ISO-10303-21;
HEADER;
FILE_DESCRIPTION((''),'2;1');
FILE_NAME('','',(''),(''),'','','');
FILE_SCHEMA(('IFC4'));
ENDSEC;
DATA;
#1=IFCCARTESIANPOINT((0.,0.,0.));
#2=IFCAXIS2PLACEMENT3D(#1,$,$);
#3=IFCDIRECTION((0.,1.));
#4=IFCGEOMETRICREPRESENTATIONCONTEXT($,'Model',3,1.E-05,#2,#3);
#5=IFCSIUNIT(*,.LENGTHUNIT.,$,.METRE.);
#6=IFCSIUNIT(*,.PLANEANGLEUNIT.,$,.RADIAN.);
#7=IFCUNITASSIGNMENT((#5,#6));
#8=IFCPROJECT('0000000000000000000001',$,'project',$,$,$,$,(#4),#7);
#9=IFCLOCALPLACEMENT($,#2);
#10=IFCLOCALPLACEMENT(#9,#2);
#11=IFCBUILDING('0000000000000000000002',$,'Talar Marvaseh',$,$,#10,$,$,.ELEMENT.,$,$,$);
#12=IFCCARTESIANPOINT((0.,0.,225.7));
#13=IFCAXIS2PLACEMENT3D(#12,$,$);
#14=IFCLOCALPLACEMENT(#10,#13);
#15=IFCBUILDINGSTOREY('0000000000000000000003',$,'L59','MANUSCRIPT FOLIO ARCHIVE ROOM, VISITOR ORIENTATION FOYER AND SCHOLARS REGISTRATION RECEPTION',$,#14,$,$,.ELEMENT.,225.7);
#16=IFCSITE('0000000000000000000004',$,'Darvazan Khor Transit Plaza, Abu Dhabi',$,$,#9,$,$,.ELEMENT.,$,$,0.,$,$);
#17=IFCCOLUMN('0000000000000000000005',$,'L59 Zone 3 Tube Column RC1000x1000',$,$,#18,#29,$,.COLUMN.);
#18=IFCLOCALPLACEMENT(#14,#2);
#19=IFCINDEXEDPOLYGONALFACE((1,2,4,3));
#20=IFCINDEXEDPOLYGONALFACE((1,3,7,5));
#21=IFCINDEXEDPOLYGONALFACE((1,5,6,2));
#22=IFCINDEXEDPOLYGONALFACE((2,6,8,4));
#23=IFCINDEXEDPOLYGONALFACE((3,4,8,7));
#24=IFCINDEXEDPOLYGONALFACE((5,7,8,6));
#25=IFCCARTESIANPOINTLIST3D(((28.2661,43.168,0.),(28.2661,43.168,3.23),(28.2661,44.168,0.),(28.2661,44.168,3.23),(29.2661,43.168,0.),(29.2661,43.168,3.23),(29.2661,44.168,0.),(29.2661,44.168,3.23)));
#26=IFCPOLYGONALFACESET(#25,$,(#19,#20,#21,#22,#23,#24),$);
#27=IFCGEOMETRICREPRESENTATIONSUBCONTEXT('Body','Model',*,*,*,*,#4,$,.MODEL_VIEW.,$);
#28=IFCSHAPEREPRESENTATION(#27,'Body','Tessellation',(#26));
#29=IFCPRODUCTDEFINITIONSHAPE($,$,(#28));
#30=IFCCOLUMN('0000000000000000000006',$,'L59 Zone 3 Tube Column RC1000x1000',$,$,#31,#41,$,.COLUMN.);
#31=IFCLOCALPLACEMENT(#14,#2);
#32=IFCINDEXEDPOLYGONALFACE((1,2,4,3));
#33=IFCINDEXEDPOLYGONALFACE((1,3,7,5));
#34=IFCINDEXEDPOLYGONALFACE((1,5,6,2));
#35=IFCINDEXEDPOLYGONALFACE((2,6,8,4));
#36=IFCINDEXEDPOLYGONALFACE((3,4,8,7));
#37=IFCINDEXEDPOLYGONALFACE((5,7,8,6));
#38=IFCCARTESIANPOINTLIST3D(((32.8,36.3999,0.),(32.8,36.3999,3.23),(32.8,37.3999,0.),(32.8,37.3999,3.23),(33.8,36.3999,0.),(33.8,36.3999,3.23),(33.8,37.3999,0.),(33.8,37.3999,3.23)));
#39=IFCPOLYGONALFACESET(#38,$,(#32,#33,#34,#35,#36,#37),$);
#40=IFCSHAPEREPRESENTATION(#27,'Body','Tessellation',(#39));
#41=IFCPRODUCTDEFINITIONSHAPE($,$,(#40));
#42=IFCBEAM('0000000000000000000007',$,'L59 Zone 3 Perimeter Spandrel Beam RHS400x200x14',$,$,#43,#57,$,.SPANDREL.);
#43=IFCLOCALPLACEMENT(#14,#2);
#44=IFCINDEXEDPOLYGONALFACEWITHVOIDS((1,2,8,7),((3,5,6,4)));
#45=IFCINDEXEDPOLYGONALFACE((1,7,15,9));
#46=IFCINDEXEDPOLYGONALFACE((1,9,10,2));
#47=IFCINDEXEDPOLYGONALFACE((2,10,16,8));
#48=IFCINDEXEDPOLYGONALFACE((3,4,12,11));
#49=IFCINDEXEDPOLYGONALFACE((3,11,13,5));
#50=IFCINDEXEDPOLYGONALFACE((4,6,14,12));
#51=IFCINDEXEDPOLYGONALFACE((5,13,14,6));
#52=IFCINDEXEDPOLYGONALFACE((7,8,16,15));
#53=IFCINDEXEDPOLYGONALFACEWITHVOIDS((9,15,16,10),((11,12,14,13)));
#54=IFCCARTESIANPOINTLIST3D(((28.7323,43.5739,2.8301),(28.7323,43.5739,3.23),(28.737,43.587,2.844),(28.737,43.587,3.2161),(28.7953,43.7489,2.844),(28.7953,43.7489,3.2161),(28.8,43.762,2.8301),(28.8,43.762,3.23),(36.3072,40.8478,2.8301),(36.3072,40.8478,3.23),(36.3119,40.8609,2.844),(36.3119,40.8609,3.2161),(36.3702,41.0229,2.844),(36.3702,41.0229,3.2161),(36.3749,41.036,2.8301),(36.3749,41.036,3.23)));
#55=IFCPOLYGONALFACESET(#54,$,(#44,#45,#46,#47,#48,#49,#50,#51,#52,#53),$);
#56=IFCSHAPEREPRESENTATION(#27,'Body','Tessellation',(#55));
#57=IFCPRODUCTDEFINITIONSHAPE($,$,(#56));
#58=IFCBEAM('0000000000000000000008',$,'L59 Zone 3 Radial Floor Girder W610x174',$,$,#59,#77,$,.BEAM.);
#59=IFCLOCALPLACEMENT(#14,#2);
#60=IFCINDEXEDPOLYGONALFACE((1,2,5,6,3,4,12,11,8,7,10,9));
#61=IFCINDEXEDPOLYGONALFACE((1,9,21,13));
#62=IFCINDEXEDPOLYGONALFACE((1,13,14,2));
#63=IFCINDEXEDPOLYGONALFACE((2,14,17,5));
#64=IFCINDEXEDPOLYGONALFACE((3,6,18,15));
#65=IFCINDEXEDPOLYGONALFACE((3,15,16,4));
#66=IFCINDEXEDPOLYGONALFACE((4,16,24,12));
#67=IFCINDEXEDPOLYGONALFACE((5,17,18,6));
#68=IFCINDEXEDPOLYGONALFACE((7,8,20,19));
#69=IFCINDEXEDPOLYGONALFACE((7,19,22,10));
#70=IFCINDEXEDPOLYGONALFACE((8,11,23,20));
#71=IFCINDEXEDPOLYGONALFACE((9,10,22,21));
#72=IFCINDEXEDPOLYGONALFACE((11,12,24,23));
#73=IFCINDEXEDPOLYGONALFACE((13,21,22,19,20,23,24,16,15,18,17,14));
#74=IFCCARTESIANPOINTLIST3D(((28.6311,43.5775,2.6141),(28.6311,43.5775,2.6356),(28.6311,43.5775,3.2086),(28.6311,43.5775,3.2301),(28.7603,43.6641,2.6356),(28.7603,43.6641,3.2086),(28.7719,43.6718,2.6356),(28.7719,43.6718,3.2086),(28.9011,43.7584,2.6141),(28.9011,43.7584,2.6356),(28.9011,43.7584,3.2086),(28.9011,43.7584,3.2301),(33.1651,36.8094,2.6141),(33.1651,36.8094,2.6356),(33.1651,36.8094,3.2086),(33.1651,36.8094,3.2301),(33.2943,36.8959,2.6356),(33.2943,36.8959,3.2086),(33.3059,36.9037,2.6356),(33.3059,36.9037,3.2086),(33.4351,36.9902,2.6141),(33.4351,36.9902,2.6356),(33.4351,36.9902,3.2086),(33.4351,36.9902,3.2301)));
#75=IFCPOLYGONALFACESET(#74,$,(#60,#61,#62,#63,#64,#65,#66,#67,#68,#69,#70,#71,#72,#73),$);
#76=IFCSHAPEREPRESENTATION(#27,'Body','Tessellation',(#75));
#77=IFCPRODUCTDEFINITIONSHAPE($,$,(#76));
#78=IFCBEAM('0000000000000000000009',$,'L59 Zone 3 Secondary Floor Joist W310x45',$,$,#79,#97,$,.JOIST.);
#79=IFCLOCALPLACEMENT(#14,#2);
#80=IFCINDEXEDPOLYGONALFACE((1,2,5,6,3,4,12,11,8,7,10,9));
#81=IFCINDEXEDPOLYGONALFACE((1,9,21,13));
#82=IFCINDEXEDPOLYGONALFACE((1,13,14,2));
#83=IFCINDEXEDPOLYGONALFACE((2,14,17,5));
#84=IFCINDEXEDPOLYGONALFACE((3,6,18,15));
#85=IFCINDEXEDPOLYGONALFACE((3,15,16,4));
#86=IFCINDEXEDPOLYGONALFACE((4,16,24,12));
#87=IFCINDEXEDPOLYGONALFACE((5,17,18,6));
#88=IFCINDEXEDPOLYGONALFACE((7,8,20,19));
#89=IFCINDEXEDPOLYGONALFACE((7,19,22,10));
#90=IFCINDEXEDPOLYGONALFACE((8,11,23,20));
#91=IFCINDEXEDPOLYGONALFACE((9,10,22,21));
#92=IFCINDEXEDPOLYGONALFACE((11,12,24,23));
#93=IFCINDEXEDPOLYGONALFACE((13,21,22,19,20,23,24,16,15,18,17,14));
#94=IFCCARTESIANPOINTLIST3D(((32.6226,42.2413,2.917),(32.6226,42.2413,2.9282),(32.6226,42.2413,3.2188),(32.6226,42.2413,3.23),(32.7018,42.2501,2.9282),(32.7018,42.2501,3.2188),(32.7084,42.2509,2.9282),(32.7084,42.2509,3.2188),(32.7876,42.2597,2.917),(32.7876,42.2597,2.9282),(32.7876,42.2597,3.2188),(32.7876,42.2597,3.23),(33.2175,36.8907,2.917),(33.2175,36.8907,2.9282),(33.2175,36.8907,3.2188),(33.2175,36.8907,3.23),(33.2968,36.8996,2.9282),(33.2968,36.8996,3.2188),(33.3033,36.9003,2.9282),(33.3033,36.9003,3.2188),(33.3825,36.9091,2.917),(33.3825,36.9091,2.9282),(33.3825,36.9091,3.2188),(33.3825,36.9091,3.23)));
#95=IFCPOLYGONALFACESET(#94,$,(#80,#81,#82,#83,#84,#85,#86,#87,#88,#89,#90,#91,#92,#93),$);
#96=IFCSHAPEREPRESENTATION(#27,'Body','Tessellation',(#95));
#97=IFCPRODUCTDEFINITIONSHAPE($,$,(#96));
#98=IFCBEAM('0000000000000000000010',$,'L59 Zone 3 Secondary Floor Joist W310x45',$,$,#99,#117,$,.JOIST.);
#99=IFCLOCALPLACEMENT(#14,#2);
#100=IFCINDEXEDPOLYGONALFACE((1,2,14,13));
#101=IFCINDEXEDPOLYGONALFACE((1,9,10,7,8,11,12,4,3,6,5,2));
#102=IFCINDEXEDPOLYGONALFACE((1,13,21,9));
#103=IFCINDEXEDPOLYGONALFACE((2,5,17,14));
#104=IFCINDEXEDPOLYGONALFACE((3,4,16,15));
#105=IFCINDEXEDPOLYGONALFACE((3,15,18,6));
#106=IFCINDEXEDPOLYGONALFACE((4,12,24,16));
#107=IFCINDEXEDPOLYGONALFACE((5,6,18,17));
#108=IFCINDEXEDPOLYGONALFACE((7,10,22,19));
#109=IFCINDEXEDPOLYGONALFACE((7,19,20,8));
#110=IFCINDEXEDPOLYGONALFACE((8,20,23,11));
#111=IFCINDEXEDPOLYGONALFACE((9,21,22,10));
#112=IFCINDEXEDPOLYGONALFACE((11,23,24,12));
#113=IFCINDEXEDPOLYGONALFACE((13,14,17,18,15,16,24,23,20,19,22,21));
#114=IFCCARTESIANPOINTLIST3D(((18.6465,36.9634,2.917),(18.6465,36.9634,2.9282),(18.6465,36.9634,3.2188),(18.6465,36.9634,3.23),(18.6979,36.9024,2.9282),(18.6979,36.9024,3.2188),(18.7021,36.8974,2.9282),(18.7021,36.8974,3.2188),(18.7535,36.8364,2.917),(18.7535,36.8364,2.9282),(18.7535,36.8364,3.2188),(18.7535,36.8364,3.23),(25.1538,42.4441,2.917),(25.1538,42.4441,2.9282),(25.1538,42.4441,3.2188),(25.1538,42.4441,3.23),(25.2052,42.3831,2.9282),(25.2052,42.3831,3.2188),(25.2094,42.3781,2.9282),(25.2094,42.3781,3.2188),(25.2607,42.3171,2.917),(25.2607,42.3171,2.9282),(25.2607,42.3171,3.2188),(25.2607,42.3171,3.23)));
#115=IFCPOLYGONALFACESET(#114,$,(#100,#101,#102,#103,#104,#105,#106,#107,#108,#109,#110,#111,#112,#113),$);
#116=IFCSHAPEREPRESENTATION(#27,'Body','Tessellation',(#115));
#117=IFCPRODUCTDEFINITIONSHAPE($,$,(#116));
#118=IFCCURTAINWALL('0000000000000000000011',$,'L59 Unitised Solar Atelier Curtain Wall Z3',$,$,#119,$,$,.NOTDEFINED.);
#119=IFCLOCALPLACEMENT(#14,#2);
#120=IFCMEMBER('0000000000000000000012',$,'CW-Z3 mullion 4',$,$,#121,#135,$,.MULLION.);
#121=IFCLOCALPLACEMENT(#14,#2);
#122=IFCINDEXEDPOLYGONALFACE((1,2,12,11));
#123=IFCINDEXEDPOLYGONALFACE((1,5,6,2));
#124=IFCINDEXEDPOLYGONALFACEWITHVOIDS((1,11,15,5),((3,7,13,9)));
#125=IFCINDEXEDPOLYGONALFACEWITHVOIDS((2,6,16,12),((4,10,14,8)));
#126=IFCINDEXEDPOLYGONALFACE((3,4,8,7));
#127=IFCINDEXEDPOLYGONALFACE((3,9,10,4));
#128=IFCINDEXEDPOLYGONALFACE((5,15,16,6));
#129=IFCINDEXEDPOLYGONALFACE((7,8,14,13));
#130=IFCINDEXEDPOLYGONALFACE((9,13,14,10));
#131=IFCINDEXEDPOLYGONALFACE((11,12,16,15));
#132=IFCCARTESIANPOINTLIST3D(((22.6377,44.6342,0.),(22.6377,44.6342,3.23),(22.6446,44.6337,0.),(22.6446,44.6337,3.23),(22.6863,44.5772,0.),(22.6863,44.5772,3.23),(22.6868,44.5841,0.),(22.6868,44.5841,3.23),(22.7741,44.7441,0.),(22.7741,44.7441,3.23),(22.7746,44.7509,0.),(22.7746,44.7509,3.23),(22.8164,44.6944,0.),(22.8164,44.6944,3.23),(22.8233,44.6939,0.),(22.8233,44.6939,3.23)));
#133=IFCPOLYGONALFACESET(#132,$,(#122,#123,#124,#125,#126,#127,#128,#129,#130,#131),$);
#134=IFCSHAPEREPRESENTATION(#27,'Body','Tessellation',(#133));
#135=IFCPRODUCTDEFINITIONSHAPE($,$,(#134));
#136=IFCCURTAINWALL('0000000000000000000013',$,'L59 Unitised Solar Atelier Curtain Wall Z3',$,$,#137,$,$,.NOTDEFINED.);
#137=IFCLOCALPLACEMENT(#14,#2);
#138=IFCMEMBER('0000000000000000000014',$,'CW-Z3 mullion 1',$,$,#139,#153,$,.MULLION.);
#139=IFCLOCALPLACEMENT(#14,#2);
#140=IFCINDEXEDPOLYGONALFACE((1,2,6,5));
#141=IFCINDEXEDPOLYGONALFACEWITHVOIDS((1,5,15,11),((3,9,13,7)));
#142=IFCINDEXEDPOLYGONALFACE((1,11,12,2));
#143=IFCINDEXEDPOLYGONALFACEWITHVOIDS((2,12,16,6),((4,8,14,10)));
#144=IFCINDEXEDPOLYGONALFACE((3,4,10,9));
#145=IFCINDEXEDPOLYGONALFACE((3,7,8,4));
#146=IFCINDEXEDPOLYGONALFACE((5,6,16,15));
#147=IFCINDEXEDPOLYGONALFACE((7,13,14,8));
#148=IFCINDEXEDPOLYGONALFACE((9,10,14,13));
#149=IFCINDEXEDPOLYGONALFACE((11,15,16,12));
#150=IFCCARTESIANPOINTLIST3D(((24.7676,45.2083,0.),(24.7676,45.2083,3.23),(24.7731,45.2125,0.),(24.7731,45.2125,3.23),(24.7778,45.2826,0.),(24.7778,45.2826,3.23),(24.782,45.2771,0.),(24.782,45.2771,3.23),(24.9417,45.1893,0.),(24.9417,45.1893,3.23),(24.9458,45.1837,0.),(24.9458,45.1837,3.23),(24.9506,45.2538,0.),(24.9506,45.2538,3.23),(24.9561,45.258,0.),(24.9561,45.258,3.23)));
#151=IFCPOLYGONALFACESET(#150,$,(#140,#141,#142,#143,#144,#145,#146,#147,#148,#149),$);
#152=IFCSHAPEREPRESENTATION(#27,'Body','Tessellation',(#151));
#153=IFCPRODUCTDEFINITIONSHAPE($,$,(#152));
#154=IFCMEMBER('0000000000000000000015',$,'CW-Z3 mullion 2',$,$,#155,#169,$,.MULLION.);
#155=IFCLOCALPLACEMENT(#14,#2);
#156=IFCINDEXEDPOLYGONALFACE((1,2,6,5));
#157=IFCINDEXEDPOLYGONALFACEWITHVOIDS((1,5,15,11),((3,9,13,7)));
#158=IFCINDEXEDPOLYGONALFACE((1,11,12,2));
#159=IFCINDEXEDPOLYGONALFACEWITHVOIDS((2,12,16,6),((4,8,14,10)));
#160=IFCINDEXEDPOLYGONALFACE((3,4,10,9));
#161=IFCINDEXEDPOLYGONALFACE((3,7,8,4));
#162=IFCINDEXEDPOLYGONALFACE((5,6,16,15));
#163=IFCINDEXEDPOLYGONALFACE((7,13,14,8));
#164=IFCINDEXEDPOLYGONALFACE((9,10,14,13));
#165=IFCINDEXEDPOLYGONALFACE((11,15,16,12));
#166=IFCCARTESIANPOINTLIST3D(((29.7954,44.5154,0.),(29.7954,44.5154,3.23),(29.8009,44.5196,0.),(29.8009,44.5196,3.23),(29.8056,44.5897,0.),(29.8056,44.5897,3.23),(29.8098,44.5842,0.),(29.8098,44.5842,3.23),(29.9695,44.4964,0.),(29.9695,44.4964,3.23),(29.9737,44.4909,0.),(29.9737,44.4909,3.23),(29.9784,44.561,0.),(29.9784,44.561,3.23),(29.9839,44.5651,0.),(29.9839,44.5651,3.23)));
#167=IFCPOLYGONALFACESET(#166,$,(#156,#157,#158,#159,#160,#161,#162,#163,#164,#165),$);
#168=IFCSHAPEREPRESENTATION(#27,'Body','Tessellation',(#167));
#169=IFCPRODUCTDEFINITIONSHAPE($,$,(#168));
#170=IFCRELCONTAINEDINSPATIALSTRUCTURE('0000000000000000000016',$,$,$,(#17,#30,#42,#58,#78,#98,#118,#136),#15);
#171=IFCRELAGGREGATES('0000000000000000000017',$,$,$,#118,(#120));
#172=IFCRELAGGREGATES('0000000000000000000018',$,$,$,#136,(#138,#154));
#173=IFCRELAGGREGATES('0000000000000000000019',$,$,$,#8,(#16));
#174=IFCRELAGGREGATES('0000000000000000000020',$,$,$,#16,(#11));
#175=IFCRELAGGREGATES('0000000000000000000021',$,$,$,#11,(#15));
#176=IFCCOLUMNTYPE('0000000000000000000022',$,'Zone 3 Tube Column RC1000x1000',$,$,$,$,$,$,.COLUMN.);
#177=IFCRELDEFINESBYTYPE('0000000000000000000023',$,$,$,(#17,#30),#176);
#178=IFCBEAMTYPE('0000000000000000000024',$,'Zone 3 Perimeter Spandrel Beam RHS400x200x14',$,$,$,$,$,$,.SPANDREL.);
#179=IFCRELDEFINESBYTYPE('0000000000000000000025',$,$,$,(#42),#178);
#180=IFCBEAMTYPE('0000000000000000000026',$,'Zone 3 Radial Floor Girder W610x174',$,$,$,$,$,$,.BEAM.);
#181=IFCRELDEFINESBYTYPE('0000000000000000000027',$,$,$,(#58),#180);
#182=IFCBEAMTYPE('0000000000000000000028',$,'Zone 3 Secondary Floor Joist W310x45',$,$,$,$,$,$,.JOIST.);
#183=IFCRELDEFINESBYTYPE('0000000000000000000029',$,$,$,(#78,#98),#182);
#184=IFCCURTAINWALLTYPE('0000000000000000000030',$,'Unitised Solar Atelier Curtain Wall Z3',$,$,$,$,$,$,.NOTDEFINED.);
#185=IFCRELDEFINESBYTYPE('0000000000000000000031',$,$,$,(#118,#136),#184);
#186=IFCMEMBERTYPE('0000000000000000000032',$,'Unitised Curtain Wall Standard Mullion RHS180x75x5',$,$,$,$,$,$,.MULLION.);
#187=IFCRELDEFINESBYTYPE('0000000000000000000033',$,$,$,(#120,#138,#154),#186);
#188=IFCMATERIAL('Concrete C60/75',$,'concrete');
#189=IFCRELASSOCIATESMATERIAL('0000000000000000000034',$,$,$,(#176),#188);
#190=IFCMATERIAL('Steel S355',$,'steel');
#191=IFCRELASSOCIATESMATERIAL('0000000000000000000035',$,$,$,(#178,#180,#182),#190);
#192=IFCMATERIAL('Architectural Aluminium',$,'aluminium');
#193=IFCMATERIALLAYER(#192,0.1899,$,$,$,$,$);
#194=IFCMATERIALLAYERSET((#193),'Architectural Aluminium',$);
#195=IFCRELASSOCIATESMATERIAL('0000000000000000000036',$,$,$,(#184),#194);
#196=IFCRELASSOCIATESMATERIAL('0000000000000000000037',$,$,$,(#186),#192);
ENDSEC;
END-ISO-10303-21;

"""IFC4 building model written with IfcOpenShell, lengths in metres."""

from ifc_helpers import new_model, si_unit, direction, frame, origin, origin_2d, place, context, subcontext, project, spatial, rectangle, hollow_rectangle, i_section, extrude, source, transform, mapped, material, layer, layer_set, material_profile, profile_set, type_object, type_shapes, element, aggregate, save


model = new_model("IFC4")

# Units and contexts
model_context = context("Model", 3, precision=1e-05, world=origin(), true_north=direction((0.0, 1.0)))
body_context = subcontext(model_context, "Body", "Model", "MODEL_VIEW")
ifc_project = project(units=[si_unit("LENGTHUNIT", "METRE"), si_unit("PLANEANGLEUNIT", "RADIAN")], contexts=[model_context])

# Site, building, storey
site_placement = place(None, origin())
site = spatial("IfcSite", under=ifc_project, at=site_placement, Name="Darvazan Khor Transit Plaza, Abu Dhabi", CompositionType="ELEMENT", RefElevation=0.0)
building_placement = place(site_placement, origin())
building = spatial("IfcBuilding", under=site, at=building_placement, Name="Talar Marvaseh", CompositionType="ELEMENT")
storey_placement = place(building_placement, frame((0.0, 0.0, 225.7)))
storey = spatial("IfcBuildingStorey", under=building, at=storey_placement, Name="L59", Description="MANUSCRIPT FOLIO ARCHIVE ROOM, VISITOR ORIENTATION FOYER AND SCHOLARS REGISTRATION RECEPTION", CompositionType="ELEMENT", Elevation=225.7)

# Columns
ifc_material_1 = material(Name="Concrete C60/75", Category="concrete")
ifc_material_profile_1 = material_profile(ifc_material_1, rectangle(XDim=1.0, YDim=1.0, at=origin_2d()), Name="RC1000x1000")
ifc_profile_set_1 = profile_set([ifc_material_profile_1], Name="Concrete C60/75")
column_type = type_object("IfcColumnType", Name="Zone 3 Tube Column RC1000x1000", PredefinedType="COLUMN", material=ifc_profile_set_1)
for number, where, z_axis, x_axis, name in (
    (1, (28.7661, 43.668, 0.0), (0.0, 0.0, 1.0), (1.0, 0.0, 0.0), "L59 Zone 3 Tube Column RC1000x1000"),
    (2, (33.3, 36.8999, 0.0), (0.0, 0.0, 1.0), (1.0, 0.0, 0.0), "L59 Zone 3 Tube Column RC1000x1000"),
):
    element("IfcColumn", number, at=place(storey_placement, frame(where, z_axis=z_axis, x_axis=x_axis)), inside=storey, type_object=column_type, Name=name, PredefinedType="COLUMN", context=body_context, shape_type="SweptSolid", body=[
        extrude(rectangle(XDim=1.0, YDim=1.0, at=origin_2d()), origin(), (0.0, 0.0, 1.0), 3.23),
    ])

# Beams
ifc_material_2 = material(Name="Steel S355", Category="steel")
ifc_material_profile_2 = material_profile(ifc_material_2, hollow_rectangle(XDim=0.2, YDim=0.3999, WallThickness=0.0139, at=origin_2d()), Name="RHS400x200x14")
ifc_profile_set_2 = profile_set([ifc_material_profile_2], Name="Steel S355")
beam_type_1 = type_object("IfcBeamType", Name="Zone 3 Perimeter Spandrel Beam RHS400x200x14", PredefinedType="SPANDREL", material=ifc_profile_set_2)
beam_1_placement = place(storey_placement, frame((28.7661, 43.668, 3.03), z_axis=(0.940923, -0.33862, 0.0), x_axis=(0.33862, 0.940923, 0.0)))
element("IfcBeam", 3, at=beam_1_placement, inside=storey, type_object=beam_type_1, Name="L59 Zone 3 Perimeter Spandrel Beam RHS400x200x14", PredefinedType="SPANDREL", context=body_context, shape_type="SweptSolid", body=[
    extrude(hollow_rectangle(XDim=0.2, YDim=0.3999, WallThickness=0.0139, at=origin_2d()), origin(), (0.0, 0.0, 1.0), 8.0505),
])
ifc_material_profile_3 = material_profile(ifc_material_2, i_section(OverallWidth=0.325, OverallDepth=0.616, WebThickness=0.0139, FlangeThickness=0.0215, at=origin_2d()), Name="W610x174")
ifc_profile_set_3 = profile_set([ifc_material_profile_3], Name="Steel S355")
beam_type_2 = type_object("IfcBeamType", Name="Zone 3 Radial Floor Girder W610x174", PredefinedType="BEAM", material=ifc_profile_set_3)
beam_2_placement = place(storey_placement, frame((28.7661, 43.668, 2.9221), z_axis=(0.556559, -0.830808, 0.0), x_axis=(0.830808, 0.556559, 0.0)))
element("IfcBeam", 4, at=beam_2_placement, inside=storey, type_object=beam_type_2, Name="L59 Zone 3 Radial Floor Girder W610x174", PredefinedType="BEAM", context=body_context, shape_type="SweptSolid", body=[
    extrude(i_section(OverallWidth=0.325, OverallDepth=0.616, WebThickness=0.0139, FlangeThickness=0.0215, at=origin_2d()), origin(), (0.0, 0.0, 1.0), 8.1465),
])
ifc_material_profile_4 = material_profile(ifc_material_2, i_section(OverallWidth=0.166, OverallDepth=0.313, WebThickness=0.0066, FlangeThickness=0.0112, at=origin_2d()), Name="W310x45")
ifc_profile_set_4 = profile_set([ifc_material_profile_4], Name="Steel S355")
beam_type_3 = type_object("IfcBeamType", Name="Zone 3 Secondary Floor Joist W310x45", PredefinedType="JOIST", material=ifc_profile_set_4)
beam_3_placement = place(storey_placement, frame((32.7051, 42.2505, 3.0735), z_axis=(0.110516, -0.993874, 0.0), x_axis=(0.993874, 0.110516, 0.0)))
element("IfcBeam", 5, at=beam_3_placement, inside=storey, type_object=beam_type_3, Name="L59 Zone 3 Secondary Floor Joist W310x45", PredefinedType="JOIST", context=body_context, shape_type="SweptSolid", body=[
    extrude(i_section(OverallWidth=0.166, OverallDepth=0.313, WebThickness=0.0066, FlangeThickness=0.0112, at=origin_2d()), origin(), (0.0, 0.0, 1.0), 5.3835),
])
beam_4_placement = place(storey_placement, frame((25.2073, 42.3806, 3.0735), z_axis=(-0.764861, -0.644195, 0.0), x_axis=(0.644195, -0.764861, 0.0)))
element("IfcBeam", 6, at=beam_4_placement, inside=storey, type_object=beam_type_3, Name="L59 Zone 3 Secondary Floor Joist W310x45", PredefinedType="JOIST", context=body_context, shape_type="SweptSolid", body=[
    extrude(i_section(OverallWidth=0.166, OverallDepth=0.313, WebThickness=0.0066, FlangeThickness=0.0112, at=origin_2d()), origin(), (0.0, 0.0, 1.0), 8.5078),
])

# Curtain wall, member
ifc_material_3 = material(Name="Architectural Aluminium", Category="aluminium")
ifc_layer_1 = layer(ifc_material_3, 0.1899)
ifc_layer_set_1 = layer_set([ifc_layer_1], Name="Architectural Aluminium")
curtain_wall_type = type_object("IfcCurtainWallType", Name="Unitised Solar Atelier Curtain Wall Z3", PredefinedType="NOTDEFINED", material=ifc_layer_set_1)
curtain_wall_1_placement = place(storey_placement, origin())
curtain_wall_1 = element("IfcCurtainWall", 7, at=curtain_wall_1_placement, inside=storey, type_object=curtain_wall_type, Name="L59 Unitised Solar Atelier Curtain Wall Z3", PredefinedType="NOTDEFINED")
ifc_material_profile_5 = material_profile(ifc_material_3, hollow_rectangle(XDim=0.075, YDim=0.1799, WallThickness=0.0049, at=origin_2d()), Name="RHS180x75x5")
ifc_profile_set_5 = profile_set([ifc_material_profile_5], Name="Architectural Aluminium")
member_type_1 = type_object("IfcMemberType", Name="Unitised Curtain Wall Standard Mullion RHS180x75x5", PredefinedType="MULLION", material=ifc_profile_set_5)
shared_shape_1 = source(origin(), body_context, "Body", "SweptSolid", [
    extrude(hollow_rectangle(XDim=0.075, YDim=0.1799, WallThickness=0.0049, at=origin_2d()), origin(), (0.0, 0.0, 1.0), 3.23),
])
type_shapes(member_type_1, [shared_shape_1])
member_1_placement = place(storey_placement, frame((22.7305, 44.6641, 0.0), z_axis=(0.0, 0.0, 1.0), x_axis=(-0.648546, 0.761176, 0.0)))
member_1 = element("IfcMember", 8, at=member_1_placement, type_object=member_type_1, Name="CW-Z3 mullion 4", PredefinedType="MULLION", context=body_context, shape_type="MappedRepresentation", body=[
    mapped(shared_shape_1, transform((0.0, 0.0, 0.0), x_axis=(1.0, 0.0, 0.0), y_axis=(0.0, 1.0, 0.0), z_axis=(0.0, 0.0, 1.0), scale=1.0)),
])
aggregate(curtain_wall_1, [member_1])

# Curtain wall, members
curtain_wall_2_placement = place(storey_placement, origin())
curtain_wall_2 = element("IfcCurtainWall", 9, at=curtain_wall_2_placement, inside=storey, type_object=curtain_wall_type, Name="L59 Unitised Solar Atelier Curtain Wall Z3", PredefinedType="NOTDEFINED")
member_2_placement = place(storey_placement, frame((24.8618, 45.2332, 0.0), z_axis=(0.0, 0.0, 1.0), x_axis=(0.136515, 0.990638, 0.0)))
member_2 = element("IfcMember", 10, at=member_2_placement, type_object=member_type_1, Name="CW-Z3 mullion 1", PredefinedType="MULLION", context=body_context, shape_type="MappedRepresentation", body=[
    mapped(shared_shape_1, transform((0.0, 0.0, 0.0), x_axis=(1.0, 0.0, 0.0), y_axis=(0.0, 1.0, 0.0), z_axis=(0.0, 0.0, 1.0), scale=1.0)),
])
member_3_placement = place(storey_placement, frame((29.8896, 44.5403, 0.0), z_axis=(0.0, 0.0, 1.0), x_axis=(0.136515, 0.990638, 0.0)))
member_3 = element("IfcMember", 11, at=member_3_placement, type_object=member_type_1, Name="CW-Z3 mullion 2", PredefinedType="MULLION", context=body_context, shape_type="MappedRepresentation", body=[
    mapped(shared_shape_1, transform((0.0, 0.0, 0.0), x_axis=(1.0, 0.0, 0.0), y_axis=(0.0, 1.0, 0.0), z_axis=(0.0, 0.0, 1.0), scale=1.0)),
])
aggregate(curtain_wall_2, [member_2, member_3])

save(model, "model.ifc")
